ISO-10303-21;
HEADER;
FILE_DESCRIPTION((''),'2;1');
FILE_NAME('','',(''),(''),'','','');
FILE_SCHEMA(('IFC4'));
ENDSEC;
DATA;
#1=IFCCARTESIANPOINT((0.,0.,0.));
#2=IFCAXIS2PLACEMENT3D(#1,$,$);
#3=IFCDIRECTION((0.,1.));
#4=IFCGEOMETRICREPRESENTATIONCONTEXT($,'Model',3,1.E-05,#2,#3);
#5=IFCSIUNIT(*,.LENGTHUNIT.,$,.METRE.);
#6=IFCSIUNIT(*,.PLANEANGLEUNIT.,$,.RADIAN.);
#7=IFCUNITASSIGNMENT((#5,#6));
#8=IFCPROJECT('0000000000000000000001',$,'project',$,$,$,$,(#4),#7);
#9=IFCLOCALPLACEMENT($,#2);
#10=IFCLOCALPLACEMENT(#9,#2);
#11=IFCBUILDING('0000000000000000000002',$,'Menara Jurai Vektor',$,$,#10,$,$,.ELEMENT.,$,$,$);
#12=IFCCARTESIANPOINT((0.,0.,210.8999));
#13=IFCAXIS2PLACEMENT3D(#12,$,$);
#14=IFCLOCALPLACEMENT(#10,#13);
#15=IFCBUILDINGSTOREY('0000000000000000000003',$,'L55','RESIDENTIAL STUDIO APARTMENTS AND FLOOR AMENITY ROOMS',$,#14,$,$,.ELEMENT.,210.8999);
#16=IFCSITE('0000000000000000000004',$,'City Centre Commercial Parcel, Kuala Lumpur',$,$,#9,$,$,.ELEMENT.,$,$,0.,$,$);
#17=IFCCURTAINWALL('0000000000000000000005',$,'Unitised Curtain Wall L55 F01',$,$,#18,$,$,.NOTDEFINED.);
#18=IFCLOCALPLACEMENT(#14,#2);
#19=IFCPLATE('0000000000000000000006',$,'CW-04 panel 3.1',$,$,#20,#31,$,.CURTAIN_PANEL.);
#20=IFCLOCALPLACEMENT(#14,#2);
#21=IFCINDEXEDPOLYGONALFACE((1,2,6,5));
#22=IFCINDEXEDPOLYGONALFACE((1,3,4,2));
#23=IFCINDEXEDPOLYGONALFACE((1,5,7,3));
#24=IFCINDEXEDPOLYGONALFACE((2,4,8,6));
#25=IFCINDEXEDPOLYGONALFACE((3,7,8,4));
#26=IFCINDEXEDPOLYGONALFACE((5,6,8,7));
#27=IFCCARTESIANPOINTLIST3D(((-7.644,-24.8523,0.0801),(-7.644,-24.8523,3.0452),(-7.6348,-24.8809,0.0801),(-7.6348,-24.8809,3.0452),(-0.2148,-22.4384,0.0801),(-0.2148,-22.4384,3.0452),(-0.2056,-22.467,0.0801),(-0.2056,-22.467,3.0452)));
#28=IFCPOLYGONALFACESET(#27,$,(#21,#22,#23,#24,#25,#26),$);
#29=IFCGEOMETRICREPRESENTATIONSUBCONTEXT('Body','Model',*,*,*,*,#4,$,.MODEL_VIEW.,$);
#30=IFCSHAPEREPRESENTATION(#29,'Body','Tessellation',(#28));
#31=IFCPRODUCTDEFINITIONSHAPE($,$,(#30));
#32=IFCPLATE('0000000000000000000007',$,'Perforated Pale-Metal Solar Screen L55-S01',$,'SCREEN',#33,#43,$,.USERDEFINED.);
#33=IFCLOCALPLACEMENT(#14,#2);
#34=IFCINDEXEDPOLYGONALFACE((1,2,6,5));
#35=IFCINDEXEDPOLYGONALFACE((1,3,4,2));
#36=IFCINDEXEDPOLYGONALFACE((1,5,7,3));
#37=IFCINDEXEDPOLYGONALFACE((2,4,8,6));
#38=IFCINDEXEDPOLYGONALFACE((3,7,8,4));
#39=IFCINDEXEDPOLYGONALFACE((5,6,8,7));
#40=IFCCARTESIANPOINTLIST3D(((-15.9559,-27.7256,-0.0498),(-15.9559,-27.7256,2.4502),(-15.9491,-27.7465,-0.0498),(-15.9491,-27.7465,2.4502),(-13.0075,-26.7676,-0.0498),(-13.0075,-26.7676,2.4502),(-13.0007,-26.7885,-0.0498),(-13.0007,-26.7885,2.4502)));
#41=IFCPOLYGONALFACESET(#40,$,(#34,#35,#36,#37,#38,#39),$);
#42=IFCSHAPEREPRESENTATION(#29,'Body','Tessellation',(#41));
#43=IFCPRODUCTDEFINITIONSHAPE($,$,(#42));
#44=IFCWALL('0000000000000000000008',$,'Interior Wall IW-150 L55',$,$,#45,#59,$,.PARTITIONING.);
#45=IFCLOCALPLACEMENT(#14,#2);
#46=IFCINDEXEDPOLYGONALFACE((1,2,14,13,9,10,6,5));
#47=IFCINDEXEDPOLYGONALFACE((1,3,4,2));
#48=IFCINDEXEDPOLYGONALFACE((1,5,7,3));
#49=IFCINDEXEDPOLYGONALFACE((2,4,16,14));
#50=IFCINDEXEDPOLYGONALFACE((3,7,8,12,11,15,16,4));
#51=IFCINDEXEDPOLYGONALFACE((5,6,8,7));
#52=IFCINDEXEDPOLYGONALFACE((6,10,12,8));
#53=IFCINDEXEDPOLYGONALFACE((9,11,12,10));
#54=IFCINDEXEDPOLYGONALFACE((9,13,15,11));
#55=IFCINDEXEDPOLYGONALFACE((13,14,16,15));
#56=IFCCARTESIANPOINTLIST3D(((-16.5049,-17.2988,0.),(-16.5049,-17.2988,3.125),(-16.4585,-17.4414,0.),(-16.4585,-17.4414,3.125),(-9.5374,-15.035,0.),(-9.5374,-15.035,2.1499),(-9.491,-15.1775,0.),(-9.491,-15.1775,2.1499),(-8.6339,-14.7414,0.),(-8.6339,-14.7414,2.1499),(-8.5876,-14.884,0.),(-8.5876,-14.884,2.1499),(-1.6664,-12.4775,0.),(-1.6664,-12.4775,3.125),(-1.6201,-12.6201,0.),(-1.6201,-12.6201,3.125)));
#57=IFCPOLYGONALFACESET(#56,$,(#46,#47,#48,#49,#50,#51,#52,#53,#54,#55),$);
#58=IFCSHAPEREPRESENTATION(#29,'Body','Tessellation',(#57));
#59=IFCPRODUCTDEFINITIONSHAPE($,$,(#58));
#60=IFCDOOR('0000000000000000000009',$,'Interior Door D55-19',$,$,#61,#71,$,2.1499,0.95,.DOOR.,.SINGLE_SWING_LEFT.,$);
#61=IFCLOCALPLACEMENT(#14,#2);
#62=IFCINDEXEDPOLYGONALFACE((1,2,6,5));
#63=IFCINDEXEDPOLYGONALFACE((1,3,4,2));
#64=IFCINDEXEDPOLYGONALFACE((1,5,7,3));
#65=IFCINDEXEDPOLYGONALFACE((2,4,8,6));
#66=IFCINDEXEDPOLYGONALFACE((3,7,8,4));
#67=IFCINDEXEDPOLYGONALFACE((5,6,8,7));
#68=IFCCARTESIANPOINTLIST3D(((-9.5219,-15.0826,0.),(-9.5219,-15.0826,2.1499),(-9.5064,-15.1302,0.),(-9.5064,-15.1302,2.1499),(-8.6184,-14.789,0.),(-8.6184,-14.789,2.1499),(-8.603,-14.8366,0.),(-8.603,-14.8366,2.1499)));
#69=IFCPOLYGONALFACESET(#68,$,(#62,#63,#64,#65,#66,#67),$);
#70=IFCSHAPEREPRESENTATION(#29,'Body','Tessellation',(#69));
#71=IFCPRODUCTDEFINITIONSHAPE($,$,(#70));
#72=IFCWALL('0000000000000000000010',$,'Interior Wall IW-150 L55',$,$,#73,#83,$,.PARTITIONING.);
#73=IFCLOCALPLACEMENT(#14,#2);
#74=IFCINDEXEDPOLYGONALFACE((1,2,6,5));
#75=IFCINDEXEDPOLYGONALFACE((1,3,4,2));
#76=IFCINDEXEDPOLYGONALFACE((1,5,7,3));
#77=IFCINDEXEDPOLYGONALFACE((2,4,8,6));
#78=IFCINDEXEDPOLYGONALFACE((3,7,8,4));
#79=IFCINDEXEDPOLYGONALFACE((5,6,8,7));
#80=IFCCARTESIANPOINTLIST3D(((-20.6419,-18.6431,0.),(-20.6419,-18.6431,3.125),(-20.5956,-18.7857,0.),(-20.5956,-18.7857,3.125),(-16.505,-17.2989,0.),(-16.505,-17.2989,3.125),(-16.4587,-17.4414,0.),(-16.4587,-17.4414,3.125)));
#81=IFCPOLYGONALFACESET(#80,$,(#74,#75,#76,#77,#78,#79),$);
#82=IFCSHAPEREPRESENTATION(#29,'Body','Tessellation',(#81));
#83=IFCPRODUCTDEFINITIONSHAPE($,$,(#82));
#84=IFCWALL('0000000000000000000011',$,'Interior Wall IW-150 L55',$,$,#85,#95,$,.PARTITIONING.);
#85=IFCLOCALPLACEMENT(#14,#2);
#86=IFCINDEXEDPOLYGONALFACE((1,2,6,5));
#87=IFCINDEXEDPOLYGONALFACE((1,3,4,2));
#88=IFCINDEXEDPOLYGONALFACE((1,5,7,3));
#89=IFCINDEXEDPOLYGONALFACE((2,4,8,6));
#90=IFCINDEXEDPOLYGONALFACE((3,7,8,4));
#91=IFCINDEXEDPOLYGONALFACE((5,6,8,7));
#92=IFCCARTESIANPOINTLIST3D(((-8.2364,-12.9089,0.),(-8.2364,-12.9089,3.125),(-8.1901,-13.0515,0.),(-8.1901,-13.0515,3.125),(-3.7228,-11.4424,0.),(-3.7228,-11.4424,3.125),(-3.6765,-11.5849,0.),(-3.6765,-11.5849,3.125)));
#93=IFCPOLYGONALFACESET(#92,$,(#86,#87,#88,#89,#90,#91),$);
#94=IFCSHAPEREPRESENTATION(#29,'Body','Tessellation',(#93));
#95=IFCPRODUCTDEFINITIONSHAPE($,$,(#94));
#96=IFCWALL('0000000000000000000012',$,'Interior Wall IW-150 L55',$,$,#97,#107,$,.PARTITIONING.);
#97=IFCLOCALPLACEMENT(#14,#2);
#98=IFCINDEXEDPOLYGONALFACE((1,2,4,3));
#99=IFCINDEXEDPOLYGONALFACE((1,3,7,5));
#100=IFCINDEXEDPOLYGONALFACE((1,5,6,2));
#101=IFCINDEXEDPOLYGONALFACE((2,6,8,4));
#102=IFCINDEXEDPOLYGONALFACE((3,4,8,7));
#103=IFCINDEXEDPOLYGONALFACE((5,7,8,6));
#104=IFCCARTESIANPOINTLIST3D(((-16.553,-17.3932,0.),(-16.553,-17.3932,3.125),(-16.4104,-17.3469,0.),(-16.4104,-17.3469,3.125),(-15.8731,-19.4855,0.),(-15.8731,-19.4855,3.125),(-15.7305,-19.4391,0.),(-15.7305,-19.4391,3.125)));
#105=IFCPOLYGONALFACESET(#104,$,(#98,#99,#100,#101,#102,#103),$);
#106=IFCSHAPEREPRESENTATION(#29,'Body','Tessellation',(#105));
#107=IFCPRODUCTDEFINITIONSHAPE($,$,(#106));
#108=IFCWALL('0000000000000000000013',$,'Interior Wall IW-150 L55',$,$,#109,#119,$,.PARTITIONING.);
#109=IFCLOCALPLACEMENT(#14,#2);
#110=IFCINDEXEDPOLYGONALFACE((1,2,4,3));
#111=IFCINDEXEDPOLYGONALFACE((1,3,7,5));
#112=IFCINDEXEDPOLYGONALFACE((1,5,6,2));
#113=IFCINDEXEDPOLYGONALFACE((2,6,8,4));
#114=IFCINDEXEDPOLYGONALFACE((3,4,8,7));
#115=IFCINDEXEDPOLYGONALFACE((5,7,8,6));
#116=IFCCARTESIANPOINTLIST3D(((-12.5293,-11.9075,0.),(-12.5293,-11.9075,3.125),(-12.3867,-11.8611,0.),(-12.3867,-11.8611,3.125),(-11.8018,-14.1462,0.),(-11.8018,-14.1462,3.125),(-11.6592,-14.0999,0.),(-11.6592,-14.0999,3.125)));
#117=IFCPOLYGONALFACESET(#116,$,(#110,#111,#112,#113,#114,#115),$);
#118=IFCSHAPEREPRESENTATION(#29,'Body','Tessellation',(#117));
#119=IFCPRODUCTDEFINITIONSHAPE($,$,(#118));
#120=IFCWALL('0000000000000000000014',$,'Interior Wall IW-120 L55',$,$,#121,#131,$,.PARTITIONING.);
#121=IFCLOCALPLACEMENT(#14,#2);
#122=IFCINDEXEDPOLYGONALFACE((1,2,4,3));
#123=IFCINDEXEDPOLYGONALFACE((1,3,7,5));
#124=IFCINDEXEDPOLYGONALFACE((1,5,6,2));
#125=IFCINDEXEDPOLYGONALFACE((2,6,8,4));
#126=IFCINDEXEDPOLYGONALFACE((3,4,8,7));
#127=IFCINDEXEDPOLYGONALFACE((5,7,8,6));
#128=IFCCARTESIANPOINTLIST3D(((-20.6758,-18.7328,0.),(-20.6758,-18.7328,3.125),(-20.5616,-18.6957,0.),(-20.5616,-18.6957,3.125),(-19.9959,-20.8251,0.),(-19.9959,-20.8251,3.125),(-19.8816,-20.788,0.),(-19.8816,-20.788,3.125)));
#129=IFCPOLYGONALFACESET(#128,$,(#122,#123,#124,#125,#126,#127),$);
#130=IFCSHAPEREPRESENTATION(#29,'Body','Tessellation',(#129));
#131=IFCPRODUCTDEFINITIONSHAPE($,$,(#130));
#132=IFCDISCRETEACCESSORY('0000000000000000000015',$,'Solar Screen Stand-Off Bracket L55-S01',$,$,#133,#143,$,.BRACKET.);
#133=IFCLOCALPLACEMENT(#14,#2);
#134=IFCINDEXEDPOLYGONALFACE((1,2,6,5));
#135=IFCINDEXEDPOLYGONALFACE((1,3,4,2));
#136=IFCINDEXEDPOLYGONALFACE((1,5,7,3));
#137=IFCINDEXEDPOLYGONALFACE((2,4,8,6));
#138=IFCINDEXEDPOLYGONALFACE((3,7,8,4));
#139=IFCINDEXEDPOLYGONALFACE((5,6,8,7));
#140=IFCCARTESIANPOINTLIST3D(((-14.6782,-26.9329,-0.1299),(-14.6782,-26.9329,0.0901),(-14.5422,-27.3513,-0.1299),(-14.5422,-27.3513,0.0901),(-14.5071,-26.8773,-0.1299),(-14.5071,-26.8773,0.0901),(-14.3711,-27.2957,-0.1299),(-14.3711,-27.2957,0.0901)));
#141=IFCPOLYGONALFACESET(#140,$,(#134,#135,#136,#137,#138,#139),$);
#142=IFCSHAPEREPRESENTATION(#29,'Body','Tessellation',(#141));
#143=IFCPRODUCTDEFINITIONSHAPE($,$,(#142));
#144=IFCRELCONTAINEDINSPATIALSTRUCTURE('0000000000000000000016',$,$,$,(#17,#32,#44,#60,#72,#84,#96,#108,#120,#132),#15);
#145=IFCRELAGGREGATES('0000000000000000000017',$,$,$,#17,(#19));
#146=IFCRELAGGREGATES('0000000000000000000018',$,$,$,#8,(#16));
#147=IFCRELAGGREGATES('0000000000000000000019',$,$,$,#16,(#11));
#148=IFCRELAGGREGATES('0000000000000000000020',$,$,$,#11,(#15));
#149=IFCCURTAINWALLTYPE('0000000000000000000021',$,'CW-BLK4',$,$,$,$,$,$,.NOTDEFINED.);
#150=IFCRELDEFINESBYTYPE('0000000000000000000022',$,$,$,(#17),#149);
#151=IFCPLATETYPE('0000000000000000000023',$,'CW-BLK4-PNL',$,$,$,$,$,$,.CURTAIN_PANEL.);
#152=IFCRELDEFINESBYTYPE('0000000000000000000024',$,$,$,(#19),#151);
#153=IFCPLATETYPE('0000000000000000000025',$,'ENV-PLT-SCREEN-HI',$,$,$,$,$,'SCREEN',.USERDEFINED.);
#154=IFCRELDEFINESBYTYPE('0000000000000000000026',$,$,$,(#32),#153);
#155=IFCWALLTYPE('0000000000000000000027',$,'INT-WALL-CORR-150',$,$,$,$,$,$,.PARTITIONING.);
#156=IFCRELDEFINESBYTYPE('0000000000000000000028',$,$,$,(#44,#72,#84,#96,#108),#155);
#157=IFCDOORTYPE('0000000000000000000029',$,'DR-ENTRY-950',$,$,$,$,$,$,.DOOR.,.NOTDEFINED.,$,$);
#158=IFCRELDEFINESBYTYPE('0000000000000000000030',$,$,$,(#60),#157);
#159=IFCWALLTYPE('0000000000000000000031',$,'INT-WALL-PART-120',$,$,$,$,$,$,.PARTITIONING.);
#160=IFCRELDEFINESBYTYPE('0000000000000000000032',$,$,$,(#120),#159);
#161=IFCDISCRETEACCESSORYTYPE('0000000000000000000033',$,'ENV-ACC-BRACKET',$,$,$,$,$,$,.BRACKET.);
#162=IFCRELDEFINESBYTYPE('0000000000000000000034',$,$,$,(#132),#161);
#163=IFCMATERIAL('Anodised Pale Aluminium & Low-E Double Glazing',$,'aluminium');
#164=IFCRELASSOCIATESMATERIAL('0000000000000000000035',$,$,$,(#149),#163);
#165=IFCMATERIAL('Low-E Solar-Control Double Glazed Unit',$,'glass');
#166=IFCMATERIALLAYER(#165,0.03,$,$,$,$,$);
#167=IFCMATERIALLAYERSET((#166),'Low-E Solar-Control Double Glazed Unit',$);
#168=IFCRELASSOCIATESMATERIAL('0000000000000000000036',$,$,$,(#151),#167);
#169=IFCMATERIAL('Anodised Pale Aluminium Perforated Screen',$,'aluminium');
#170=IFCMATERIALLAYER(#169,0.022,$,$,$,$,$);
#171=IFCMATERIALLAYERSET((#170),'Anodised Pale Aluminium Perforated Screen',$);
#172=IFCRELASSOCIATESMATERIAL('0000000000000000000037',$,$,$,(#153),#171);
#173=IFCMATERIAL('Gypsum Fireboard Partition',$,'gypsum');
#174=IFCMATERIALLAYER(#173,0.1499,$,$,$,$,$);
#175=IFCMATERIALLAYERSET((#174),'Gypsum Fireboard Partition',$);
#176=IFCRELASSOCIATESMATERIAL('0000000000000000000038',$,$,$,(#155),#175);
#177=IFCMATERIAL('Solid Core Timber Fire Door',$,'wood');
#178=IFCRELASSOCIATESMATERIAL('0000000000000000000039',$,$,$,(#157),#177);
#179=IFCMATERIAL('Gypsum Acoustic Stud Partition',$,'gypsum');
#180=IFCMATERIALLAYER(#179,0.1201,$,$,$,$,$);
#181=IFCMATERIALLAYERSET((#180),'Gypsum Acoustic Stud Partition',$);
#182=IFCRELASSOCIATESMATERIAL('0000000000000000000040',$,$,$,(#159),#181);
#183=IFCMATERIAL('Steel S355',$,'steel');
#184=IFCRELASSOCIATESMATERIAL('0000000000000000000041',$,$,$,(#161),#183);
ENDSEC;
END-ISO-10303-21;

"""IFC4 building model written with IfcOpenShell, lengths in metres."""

from ifc_helpers import new_model, si_unit, direction, frame, frame_2d, origin, origin_2d, place, context, subcontext, project, spatial, rectangle, extrude, material, layer, layer_set, type_object, element, fill, aggregate, save


model = new_model("IFC4")

# Units and contexts
model_context = context("Model", 3, precision=1e-05, world=origin(), true_north=direction((0.0, 1.0)))
body_context = subcontext(model_context, "Body", "Model", "MODEL_VIEW")
ifc_project = project(units=[si_unit("LENGTHUNIT", "METRE"), si_unit("PLANEANGLEUNIT", "RADIAN")], contexts=[model_context])

# Site, building, storey
site_placement = place(None, origin())
site = spatial("IfcSite", under=ifc_project, at=site_placement, Name="City Centre Commercial Parcel, Kuala Lumpur", CompositionType="ELEMENT", RefElevation=0.0)
building_placement = place(site_placement, origin())
building = spatial("IfcBuilding", under=site, at=building_placement, Name="Menara Jurai Vektor", CompositionType="ELEMENT")
storey_placement = place(building_placement, frame((0.0, 0.0, 210.8999)))
storey = spatial("IfcBuildingStorey", under=building, at=storey_placement, Name="L55", Description="RESIDENTIAL STUDIO APARTMENTS AND FLOOR AMENITY ROOMS", CompositionType="ELEMENT", Elevation=210.8999)

# Curtain wall
ifc_material_1 = material(Name="Anodised Pale Aluminium & Low-E Double Glazing", Category="aluminium")
curtain_wall_type = type_object("IfcCurtainWallType", Name="CW-BLK4", PredefinedType="NOTDEFINED", material=ifc_material_1)
curtain_wall_placement = place(storey_placement, origin())
curtain_wall = element("IfcCurtainWall", 1, at=curtain_wall_placement, inside=storey, type_object=curtain_wall_type, Name="Unitised Curtain Wall L55 F01", PredefinedType="NOTDEFINED")

# Shared definitions
ifc_material_2 = material(Name="Steel S355", Category="steel")

# Plates
ifc_material_3 = material(Name="Low-E Solar-Control Double Glazed Unit", Category="glass")
ifc_layer_1 = layer(ifc_material_3, 0.03)
ifc_layer_set_1 = layer_set([ifc_layer_1], Name="Low-E Solar-Control Double Glazed Unit")
plate_type_1 = type_object("IfcPlateType", Name="CW-BLK4-PNL", PredefinedType="CURTAIN_PANEL", material=ifc_layer_set_1)
plate_1_placement = place(storey_placement, frame((-3.9248, -23.6597, 0.0801), z_axis=(0.0, 0.0, 1.0), x_axis=(0.951056, 0.309017, 0.0)))
plate_1 = element("IfcPlate", 2, at=plate_1_placement, type_object=plate_type_1, Name="CW-04 panel 3.1", PredefinedType="CURTAIN_PANEL", context=body_context, shape_type="SweptSolid", body=[
    extrude(rectangle(XDim=7.8115, YDim=0.03, at=origin_2d()), origin(), (0.0, 0.0, 1.0), 2.9651),
])
aggregate(curtain_wall, [plate_1])
ifc_material_4 = material(Name="Anodised Pale Aluminium Perforated Screen", Category="aluminium")
ifc_layer_2 = layer(ifc_material_4, 0.022)
ifc_layer_set_2 = layer_set([ifc_layer_2], Name="Anodised Pale Aluminium Perforated Screen")
plate_type_2 = type_object("IfcPlateType", Name="ENV-PLT-SCREEN-HI", ElementType="SCREEN", PredefinedType="USERDEFINED", material=ifc_layer_set_2)
plate_2_placement = place(storey_placement, frame((-14.4783, -27.2571, -0.0498), z_axis=(0.0, 0.0, 1.0), x_axis=(0.951057, 0.309017, 0.0)))
element("IfcPlate", 3, at=plate_2_placement, inside=storey, type_object=plate_type_2, Name="Perforated Pale-Metal Solar Screen L55-S01", ObjectType="SCREEN", PredefinedType="USERDEFINED", context=body_context, shape_type="SweptSolid", body=[
    extrude(rectangle(XDim=3.1001, YDim=0.022, at=origin_2d()), origin(), (0.0, 0.0, 1.0), 2.5),
])

# Wall, opening, door
ifc_material_5 = material(Name="Gypsum Fireboard Partition", Category="gypsum")
ifc_layer_3 = layer(ifc_material_5, 0.1499)
ifc_layer_set_3 = layer_set([ifc_layer_3], Name="Gypsum Fireboard Partition")
wall_type_1 = type_object("IfcWallType", Name="INT-WALL-CORR-150", PredefinedType="PARTITIONING", material=ifc_layer_set_3)
wall_1_placement = place(storey_placement, frame((-16.4817, -17.3701, 0.0), z_axis=(0.0, 0.0, 1.0), x_axis=(0.951056, 0.309017, 0.0)))
wall_1 = element("IfcWall", 4, at=wall_1_placement, inside=storey, type_object=wall_type_1, Name="Interior Wall IW-150 L55", PredefinedType="PARTITIONING", context=body_context, shape_type="SweptSolid", body=[
    extrude(rectangle(XDim=15.6021, YDim=0.1499, at=frame_2d((7.801, 0.0))), origin(), (0.0, 0.0, 1.0), 3.125),
])
opening_1_placement = place(wall_1_placement, frame((7.3259, 0.0, 0.0)))
opening_1 = element("IfcOpeningElement", 5, at=opening_1_placement, cuts=wall_1, PredefinedType="OPENING", context=body_context, shape_type="SweptSolid", body=[
    extrude(rectangle(XDim=0.95, YDim=2.1499, at=frame_2d((0.4751, 1.075))), frame((0.0, 0.085, 0.0), z_axis=(0.0, -1.0, 0.0), x_axis=(1.0, 0.0, 0.0)), (0.0, 0.0, 1.0), 0.1699),
])
ifc_material_6 = material(Name="Solid Core Timber Fire Door", Category="wood")
door_type_1 = type_object("IfcDoorType", Name="DR-ENTRY-950", OperationType="NOTDEFINED", PredefinedType="DOOR", material=ifc_material_6)
door_1_placement = place(opening_1_placement, origin())
door_1 = element("IfcDoor", 6, at=door_1_placement, inside=storey, type_object=door_type_1, Name="Interior Door D55-19", OperationType="SINGLE_SWING_LEFT", OverallHeight=2.1499, OverallWidth=0.95, PredefinedType="DOOR", context=body_context, shape_type="SweptSolid", body=[
    extrude(rectangle(XDim=0.95, YDim=2.1499, at=frame_2d((0.4751, 1.075))), frame((0.0, 0.0249, 0.0), z_axis=(0.0, -1.0, 0.0), x_axis=(1.0, 0.0, 0.0)), (0.0, 0.0, 1.0), 0.05),
])
fill(opening_1, door_1)

# Wall
wall_2_placement = place(storey_placement, frame((-20.6187, -18.7144, 0.0), z_axis=(0.0, 0.0, 1.0), x_axis=(0.951053, 0.309029, 0.0)))
element("IfcWall", 7, at=wall_2_placement, inside=storey, type_object=wall_type_1, Name="Interior Wall IW-150 L55", PredefinedType="PARTITIONING", context=body_context, shape_type="SweptSolid", body=[
    extrude(rectangle(XDim=4.3499, YDim=0.1499, at=frame_2d((2.1748, 0.0))), origin(), (0.0, 0.0, 1.0), 3.125),
])

# Wall
wall_3_placement = place(storey_placement, frame((-8.2134, -12.9802, 0.0), z_axis=(0.0, 0.0, 1.0), x_axis=(0.951058, 0.309012, 0.0)))
element("IfcWall", 8, at=wall_3_placement, inside=storey, type_object=wall_type_1, Name="Interior Wall IW-150 L55", PredefinedType="PARTITIONING", context=body_context, shape_type="SweptSolid", body=[
    extrude(rectangle(XDim=4.7458, YDim=0.1499, at=frame_2d((2.373, 0.0))), origin(), (0.0, 0.0, 1.0), 3.125),
])

# Walls
wall_4_placement = place(storey_placement, frame((-15.8018, -19.4624, 0.0), z_axis=(0.0, 0.0, 1.0), x_axis=(-0.309061, 0.951042, 0.0)))
element("IfcWall", 9, at=wall_4_placement, inside=storey, type_object=wall_type_1, Name="Interior Wall IW-150 L55", PredefinedType="PARTITIONING", context=body_context, shape_type="SweptSolid", body=[
    extrude(rectangle(XDim=2.2, YDim=0.1499, at=frame_2d((1.1001, 0.0))), origin(), (0.0, 0.0, 1.0), 3.125),
])
wall_5_placement = place(storey_placement, frame((-11.7305, -14.123, 0.0), z_axis=(0.0, 0.0, 1.0), x_axis=(-0.309063, 0.951042, 0.0)))
element("IfcWall", 10, at=wall_5_placement, inside=storey, type_object=wall_type_1, Name="Interior Wall IW-150 L55", PredefinedType="PARTITIONING", context=body_context, shape_type="SweptSolid", body=[
    extrude(rectangle(XDim=2.354, YDim=0.1499, at=frame_2d((1.177, 0.0))), origin(), (0.0, 0.0, 1.0), 3.125),
])
ifc_material_7 = material(Name="Gypsum Acoustic Stud Partition", Category="gypsum")
ifc_layer_4 = layer(ifc_material_7, 0.1201)
ifc_layer_set_4 = layer_set([ifc_layer_4], Name="Gypsum Acoustic Stud Partition")
wall_type_2 = type_object("IfcWallType", Name="INT-WALL-PART-120", PredefinedType="PARTITIONING", material=ifc_layer_set_4)
wall_6_placement = place(storey_placement, frame((-19.9387, -20.8066, 0.0), z_axis=(0.0, 0.0, 1.0), x_axis=(-0.309061, 0.951042, 0.0)))
element("IfcWall", 11, at=wall_6_placement, inside=storey, type_object=wall_type_2, Name="Interior Wall IW-120 L55", PredefinedType="PARTITIONING", context=body_context, shape_type="SweptSolid", body=[
    extrude(rectangle(XDim=2.2, YDim=0.1201, at=frame_2d((1.1001, 0.0))), origin(), (0.0, 0.0, 1.0), 3.125),
])

# Discrete accessory
discrete_accessory_type = type_object("IfcDiscreteAccessoryType", Name="ENV-ACC-BRACKET", PredefinedType="BRACKET", material=ifc_material_2)
discrete_accessory_placement = place(storey_placement, frame((-14.5247, -27.1143, -0.1299), z_axis=(0.0, 0.0, 1.0), x_axis=(0.951057, 0.309017, 0.0)))
element("IfcDiscreteAccessory", 12, at=discrete_accessory_placement, inside=storey, type_object=discrete_accessory_type, Name="Solar Screen Stand-Off Bracket L55-S01", PredefinedType="BRACKET", context=body_context, shape_type="SweptSolid", body=[
    extrude(rectangle(XDim=0.1799, YDim=0.4399, at=origin_2d()), origin(), (0.0, 0.0, 1.0), 0.22),
])

save(model, "model.ifc")
